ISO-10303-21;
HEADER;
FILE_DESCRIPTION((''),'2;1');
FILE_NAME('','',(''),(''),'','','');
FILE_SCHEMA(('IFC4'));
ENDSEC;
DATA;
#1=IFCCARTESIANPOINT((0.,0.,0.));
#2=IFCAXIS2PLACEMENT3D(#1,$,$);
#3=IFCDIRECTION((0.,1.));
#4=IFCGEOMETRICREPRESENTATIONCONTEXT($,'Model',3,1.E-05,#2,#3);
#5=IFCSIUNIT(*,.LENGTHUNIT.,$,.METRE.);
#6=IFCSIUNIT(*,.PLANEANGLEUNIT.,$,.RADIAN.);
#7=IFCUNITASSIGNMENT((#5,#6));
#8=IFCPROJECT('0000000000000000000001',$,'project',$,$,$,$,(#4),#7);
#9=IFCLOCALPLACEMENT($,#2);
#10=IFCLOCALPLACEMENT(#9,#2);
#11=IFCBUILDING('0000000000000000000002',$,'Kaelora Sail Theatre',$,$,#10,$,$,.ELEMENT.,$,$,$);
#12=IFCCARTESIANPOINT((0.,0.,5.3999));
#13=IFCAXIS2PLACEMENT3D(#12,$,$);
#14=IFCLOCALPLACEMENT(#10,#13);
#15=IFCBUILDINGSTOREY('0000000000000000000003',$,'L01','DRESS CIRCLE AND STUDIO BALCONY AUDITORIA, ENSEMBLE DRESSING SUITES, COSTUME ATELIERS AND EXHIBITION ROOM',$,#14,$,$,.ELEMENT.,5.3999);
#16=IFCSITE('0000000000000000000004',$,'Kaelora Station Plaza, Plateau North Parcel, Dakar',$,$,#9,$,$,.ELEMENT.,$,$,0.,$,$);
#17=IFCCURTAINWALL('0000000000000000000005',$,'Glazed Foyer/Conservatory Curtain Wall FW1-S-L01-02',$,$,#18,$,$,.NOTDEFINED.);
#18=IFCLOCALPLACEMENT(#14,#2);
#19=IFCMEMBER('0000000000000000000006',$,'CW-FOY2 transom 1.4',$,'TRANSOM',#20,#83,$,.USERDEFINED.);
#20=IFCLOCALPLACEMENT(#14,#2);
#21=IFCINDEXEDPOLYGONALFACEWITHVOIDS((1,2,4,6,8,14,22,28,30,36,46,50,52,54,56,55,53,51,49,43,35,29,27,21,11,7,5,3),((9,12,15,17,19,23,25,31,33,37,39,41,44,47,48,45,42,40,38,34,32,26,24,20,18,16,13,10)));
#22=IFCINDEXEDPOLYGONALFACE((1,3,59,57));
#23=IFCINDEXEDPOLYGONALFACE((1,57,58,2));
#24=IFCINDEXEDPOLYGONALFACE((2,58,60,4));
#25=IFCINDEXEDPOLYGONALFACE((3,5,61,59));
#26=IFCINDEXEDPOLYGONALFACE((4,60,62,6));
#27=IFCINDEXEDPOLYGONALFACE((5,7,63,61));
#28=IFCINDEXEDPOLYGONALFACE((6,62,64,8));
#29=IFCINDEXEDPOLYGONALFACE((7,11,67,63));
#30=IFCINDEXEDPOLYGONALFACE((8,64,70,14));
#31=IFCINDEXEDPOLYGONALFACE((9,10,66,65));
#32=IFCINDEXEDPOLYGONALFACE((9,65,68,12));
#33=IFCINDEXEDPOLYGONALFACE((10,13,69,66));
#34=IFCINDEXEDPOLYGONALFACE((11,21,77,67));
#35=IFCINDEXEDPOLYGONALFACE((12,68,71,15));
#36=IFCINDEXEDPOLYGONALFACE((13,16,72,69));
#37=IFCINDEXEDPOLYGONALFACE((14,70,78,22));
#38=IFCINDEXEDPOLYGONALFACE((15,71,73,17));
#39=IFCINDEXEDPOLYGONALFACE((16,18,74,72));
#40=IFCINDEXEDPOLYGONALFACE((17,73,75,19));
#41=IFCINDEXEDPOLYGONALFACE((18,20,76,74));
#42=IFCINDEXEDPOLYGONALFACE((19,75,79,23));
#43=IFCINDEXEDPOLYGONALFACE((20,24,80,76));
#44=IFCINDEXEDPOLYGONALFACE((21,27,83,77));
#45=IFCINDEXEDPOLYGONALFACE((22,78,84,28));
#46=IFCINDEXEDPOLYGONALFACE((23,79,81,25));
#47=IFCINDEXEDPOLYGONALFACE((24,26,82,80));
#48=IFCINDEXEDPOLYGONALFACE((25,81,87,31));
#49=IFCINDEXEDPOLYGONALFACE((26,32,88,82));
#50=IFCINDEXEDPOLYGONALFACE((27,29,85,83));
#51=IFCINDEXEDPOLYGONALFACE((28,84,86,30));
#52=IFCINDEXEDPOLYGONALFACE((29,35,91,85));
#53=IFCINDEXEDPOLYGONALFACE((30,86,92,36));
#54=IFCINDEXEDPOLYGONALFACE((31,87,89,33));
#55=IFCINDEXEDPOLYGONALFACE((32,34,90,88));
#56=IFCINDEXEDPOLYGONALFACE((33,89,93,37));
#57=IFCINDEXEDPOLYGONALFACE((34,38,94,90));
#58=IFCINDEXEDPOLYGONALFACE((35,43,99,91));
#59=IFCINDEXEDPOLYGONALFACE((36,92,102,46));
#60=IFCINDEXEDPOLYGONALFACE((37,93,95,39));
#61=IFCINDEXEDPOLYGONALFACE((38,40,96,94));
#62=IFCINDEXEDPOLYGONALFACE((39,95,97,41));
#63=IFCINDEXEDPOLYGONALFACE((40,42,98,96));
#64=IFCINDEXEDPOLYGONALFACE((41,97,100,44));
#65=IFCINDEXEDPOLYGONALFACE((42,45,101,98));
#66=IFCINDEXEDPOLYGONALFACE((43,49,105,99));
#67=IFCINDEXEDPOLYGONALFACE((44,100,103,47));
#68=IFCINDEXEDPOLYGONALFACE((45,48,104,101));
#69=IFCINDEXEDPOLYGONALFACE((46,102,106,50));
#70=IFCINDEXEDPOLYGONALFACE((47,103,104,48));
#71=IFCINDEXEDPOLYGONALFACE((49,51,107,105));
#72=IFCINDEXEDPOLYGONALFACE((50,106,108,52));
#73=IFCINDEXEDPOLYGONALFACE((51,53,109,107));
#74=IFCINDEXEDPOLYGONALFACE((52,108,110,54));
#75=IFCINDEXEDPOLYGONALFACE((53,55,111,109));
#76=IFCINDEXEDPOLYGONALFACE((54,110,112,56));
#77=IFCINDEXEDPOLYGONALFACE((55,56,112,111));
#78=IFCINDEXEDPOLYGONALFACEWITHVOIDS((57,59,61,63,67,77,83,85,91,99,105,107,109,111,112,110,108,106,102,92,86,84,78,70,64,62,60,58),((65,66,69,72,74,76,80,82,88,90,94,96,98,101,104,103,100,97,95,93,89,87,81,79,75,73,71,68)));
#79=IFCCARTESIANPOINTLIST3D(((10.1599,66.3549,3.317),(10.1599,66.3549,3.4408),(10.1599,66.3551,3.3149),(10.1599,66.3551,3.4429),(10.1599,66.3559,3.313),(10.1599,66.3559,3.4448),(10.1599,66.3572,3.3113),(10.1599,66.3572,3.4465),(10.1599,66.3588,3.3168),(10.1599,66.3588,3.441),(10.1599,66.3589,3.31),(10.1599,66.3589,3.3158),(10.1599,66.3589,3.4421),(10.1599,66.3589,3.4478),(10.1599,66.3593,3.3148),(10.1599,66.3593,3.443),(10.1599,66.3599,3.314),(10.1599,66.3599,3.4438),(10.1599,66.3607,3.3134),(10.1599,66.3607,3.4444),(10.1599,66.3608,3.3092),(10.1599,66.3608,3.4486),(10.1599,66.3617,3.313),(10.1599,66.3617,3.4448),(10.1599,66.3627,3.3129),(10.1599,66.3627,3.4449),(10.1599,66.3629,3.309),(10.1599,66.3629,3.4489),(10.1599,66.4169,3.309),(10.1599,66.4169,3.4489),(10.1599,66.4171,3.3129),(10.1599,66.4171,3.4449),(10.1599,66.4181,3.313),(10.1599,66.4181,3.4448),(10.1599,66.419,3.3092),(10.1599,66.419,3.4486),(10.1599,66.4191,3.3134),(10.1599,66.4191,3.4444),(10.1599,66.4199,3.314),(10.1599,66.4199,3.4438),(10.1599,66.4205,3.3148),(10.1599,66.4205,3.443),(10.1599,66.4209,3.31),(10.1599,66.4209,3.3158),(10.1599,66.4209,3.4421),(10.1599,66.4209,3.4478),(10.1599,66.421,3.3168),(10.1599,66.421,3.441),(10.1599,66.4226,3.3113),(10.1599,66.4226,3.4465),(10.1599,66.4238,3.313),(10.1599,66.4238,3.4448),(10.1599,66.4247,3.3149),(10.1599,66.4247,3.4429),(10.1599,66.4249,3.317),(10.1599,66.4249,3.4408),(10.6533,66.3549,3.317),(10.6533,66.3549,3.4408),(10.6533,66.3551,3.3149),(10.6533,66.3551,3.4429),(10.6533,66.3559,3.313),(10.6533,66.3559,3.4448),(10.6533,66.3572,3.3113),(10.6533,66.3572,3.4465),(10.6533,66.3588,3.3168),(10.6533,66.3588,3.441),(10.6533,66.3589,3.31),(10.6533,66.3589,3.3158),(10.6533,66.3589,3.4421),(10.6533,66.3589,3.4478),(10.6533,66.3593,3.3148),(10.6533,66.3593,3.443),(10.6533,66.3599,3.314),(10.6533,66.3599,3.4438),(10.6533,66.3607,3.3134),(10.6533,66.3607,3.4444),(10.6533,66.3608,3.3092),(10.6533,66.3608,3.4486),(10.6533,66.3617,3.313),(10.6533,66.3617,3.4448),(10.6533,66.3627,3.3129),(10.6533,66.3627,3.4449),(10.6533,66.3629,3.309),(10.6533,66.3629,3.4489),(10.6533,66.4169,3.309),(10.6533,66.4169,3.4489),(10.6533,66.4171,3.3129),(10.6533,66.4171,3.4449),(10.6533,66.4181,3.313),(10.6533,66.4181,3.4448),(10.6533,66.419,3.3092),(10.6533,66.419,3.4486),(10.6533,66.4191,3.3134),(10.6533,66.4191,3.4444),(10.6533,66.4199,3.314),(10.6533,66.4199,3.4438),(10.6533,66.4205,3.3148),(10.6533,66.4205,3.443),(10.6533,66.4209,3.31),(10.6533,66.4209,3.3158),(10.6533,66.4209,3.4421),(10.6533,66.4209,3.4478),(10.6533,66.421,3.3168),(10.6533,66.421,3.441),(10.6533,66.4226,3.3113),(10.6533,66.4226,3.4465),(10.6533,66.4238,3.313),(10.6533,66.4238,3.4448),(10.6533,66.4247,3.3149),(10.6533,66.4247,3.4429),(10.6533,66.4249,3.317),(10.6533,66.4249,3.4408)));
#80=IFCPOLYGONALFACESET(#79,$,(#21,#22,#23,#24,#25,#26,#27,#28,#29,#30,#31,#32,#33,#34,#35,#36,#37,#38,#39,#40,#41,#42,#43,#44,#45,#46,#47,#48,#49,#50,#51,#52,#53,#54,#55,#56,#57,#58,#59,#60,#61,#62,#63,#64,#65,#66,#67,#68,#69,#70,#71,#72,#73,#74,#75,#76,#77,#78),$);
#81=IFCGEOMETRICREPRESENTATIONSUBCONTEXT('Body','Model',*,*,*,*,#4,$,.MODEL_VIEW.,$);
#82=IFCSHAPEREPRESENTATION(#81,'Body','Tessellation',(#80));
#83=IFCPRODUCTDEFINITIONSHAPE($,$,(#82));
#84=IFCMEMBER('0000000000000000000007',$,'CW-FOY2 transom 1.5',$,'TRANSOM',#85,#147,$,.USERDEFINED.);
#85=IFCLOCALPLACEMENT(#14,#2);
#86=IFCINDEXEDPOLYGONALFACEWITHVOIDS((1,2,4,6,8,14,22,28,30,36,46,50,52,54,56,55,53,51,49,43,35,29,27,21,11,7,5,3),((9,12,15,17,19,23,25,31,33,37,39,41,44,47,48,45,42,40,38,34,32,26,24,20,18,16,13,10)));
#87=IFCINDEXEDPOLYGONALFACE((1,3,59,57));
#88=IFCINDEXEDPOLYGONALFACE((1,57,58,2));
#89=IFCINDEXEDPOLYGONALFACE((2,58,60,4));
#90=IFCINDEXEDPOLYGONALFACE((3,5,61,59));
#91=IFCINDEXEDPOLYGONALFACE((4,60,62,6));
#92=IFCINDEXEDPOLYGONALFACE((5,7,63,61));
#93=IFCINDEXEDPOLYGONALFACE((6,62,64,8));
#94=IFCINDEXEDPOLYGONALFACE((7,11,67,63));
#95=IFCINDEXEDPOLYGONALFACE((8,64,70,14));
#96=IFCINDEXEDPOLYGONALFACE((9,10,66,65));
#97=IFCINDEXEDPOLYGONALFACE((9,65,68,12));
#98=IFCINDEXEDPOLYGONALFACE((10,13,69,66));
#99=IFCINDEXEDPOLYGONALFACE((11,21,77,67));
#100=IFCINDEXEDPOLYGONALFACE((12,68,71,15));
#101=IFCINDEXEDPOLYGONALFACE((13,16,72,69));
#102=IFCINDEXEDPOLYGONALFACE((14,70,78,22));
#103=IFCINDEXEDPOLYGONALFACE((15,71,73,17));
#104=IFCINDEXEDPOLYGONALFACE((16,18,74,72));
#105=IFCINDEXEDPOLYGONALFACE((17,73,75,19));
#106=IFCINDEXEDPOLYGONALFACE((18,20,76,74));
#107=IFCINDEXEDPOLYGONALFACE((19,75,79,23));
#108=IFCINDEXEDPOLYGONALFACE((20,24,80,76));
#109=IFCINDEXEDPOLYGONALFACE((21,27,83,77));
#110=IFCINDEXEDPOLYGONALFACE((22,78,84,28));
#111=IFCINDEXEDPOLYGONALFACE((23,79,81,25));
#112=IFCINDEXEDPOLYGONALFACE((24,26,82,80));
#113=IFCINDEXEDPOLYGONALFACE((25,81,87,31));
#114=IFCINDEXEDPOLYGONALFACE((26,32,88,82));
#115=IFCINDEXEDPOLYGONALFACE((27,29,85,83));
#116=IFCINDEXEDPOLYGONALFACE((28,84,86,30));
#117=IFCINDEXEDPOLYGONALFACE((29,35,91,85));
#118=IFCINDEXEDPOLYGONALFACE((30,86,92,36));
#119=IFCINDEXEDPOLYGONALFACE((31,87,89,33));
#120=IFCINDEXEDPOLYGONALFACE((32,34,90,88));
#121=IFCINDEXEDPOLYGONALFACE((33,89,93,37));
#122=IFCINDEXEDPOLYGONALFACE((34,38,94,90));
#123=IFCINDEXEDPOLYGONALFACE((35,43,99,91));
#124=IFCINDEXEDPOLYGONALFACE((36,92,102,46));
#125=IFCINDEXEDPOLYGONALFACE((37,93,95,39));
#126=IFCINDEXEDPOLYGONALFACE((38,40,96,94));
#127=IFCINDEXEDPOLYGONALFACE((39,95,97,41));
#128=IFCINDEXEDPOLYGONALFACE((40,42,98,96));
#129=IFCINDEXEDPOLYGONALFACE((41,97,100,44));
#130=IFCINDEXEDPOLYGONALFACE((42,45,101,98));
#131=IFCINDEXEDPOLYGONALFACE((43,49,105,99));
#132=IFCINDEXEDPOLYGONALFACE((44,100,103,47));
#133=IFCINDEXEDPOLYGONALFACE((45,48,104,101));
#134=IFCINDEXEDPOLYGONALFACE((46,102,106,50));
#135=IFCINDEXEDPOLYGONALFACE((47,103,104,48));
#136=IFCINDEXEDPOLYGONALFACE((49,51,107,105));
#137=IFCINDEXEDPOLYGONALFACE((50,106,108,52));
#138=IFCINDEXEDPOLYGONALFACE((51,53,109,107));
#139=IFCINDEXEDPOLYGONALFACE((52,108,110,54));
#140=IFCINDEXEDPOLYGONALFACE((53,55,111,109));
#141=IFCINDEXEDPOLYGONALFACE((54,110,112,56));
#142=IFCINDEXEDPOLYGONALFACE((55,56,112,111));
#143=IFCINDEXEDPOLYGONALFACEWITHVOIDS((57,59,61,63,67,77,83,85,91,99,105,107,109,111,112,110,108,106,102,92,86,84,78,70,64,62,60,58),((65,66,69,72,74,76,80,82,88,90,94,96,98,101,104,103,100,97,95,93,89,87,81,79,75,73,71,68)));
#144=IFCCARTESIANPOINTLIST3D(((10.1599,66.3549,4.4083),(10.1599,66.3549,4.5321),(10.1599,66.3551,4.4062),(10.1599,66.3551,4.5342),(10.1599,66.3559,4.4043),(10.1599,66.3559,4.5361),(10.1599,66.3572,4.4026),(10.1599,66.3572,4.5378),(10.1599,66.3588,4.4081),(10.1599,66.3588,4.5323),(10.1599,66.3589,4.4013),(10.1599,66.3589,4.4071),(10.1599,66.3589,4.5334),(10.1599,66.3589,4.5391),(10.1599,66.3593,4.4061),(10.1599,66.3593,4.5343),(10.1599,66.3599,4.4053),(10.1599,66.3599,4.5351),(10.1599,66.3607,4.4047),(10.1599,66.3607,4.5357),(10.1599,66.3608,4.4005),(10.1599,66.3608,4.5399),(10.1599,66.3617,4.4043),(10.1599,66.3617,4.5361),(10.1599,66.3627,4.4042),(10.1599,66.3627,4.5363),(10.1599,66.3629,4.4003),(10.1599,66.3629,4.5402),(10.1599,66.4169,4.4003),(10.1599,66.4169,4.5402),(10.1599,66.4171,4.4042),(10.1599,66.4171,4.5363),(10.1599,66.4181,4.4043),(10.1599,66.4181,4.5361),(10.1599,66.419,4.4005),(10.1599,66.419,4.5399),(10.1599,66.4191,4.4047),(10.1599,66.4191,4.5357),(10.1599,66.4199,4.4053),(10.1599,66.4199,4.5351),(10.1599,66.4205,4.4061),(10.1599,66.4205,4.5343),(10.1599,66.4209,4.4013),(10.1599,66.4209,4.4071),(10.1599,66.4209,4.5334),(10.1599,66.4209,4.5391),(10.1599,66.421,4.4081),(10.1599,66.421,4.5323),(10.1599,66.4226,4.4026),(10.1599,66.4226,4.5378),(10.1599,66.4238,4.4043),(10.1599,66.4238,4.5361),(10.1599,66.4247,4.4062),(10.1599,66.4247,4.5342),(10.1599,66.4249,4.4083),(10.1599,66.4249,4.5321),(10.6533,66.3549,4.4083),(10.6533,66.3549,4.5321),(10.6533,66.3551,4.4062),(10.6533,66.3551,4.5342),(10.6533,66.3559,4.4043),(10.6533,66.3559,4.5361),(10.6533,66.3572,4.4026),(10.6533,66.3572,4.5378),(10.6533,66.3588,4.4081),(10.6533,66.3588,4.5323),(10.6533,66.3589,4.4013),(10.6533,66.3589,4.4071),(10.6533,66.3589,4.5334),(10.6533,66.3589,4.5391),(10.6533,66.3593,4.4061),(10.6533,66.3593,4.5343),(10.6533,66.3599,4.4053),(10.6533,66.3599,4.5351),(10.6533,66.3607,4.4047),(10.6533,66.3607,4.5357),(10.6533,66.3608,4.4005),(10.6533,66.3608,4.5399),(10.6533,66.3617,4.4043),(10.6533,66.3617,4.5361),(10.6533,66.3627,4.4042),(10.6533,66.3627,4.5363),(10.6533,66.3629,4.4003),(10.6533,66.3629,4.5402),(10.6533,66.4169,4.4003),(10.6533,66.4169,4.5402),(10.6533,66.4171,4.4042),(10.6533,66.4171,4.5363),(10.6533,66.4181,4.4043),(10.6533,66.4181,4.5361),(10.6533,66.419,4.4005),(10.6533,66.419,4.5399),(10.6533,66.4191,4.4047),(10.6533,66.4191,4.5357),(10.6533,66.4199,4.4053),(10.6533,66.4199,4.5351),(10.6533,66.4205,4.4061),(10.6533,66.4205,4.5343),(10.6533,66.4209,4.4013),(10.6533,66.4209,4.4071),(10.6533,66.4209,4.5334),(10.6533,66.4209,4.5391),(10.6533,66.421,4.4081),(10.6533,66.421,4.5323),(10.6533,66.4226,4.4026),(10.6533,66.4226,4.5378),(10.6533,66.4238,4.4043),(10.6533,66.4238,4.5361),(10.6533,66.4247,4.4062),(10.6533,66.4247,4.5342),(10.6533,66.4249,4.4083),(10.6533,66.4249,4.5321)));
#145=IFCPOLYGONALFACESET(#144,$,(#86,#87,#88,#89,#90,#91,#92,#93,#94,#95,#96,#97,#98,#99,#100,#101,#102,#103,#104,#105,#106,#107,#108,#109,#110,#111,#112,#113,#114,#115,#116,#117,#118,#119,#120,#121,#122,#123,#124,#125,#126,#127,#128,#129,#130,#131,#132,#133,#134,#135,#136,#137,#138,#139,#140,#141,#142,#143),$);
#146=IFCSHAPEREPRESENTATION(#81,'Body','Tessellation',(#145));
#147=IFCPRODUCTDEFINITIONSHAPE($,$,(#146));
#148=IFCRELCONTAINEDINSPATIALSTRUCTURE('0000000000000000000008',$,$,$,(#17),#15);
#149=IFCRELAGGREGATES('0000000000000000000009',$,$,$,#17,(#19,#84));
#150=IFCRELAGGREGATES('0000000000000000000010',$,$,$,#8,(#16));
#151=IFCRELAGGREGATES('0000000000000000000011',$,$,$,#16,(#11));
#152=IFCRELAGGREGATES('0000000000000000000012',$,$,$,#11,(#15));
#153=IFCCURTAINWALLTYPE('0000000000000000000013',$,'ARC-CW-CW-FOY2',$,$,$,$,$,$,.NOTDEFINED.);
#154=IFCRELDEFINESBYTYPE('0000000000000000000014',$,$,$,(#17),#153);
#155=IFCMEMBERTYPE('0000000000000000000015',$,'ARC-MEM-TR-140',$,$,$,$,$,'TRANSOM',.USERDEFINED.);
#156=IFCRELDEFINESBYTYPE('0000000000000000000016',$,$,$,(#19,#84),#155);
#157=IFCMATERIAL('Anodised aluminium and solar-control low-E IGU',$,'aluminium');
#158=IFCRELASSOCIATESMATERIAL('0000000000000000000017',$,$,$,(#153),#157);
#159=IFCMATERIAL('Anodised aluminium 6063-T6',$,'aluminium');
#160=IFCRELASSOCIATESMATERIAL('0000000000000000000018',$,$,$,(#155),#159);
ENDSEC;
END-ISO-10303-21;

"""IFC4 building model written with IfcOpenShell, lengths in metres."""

from ifc_helpers import new_model, si_unit, direction, frame, origin, origin_2d, place, context, subcontext, project, spatial, hollow_rectangle, extrude, material, material_profile, profile_set, type_object, element, aggregate, save


model = new_model("IFC4")

# Units and contexts
model_context = context("Model", 3, precision=1e-05, world=origin(), true_north=direction((0.0, 1.0)))
body_context = subcontext(model_context, "Body", "Model", "MODEL_VIEW")
ifc_project = project(units=[si_unit("LENGTHUNIT", "METRE"), si_unit("PLANEANGLEUNIT", "RADIAN")], contexts=[model_context])

# Site, building, storey
site_placement = place(None, origin())
site = spatial("IfcSite", under=ifc_project, at=site_placement, Name="Kaelora Station Plaza, Plateau North Parcel, Dakar", CompositionType="ELEMENT", RefElevation=0.0)
building_placement = place(site_placement, origin())
building = spatial("IfcBuilding", under=site, at=building_placement, Name="Kaelora Sail Theatre", CompositionType="ELEMENT")
storey_placement = place(building_placement, frame((0.0, 0.0, 5.3999)))
storey = spatial("IfcBuildingStorey", under=building, at=storey_placement, Name="L01", Description="DRESS CIRCLE AND STUDIO BALCONY AUDITORIA, ENSEMBLE DRESSING SUITES, COSTUME ATELIERS AND EXHIBITION ROOM", CompositionType="ELEMENT", Elevation=5.3999)

# Curtain wall, members
ifc_material_1 = material(Name="Anodised aluminium and solar-control low-E IGU", Category="aluminium")
curtain_wall_type = type_object("IfcCurtainWallType", Name="ARC-CW-CW-FOY2", PredefinedType="NOTDEFINED", material=ifc_material_1)
curtain_wall_placement = place(storey_placement, origin())
curtain_wall = element("IfcCurtainWall", 1, at=curtain_wall_placement, inside=storey, type_object=curtain_wall_type, Name="Glazed Foyer/Conservatory Curtain Wall FW1-S-L01-02", PredefinedType="NOTDEFINED")
ifc_material_2 = material(Name="Anodised aluminium 6063-T6", Category="aluminium")
ifc_material_profile_1 = material_profile(ifc_material_2, hollow_rectangle(XDim=0.0701, YDim=0.1399, WallThickness=0.0039, InnerFilletRadius=0.0039, OuterFilletRadius=0.0081, at=origin_2d()), Name="ALU-TRAN 70x140x4")
ifc_profile_set_1 = profile_set([ifc_material_profile_1], Name="Anodised aluminium 6063-T6")
member_type_1 = type_object("IfcMemberType", Name="ARC-MEM-TR-140", ElementType="TRANSOM", PredefinedType="USERDEFINED", material=ifc_profile_set_1)
member_1_placement = place(storey_placement, frame((10.1599, 66.3899, 3.3789), z_axis=(1.0, 0.0, 0.0), x_axis=(0.0, 1.0, 0.0)))
member_1 = element("IfcMember", 2, at=member_1_placement, type_object=member_type_1, Name="CW-FOY2 transom 1.4", ObjectType="TRANSOM", PredefinedType="USERDEFINED", context=body_context, shape_type="SweptSolid", body=[
    extrude(hollow_rectangle(XDim=0.0701, YDim=0.1399, WallThickness=0.0039, InnerFilletRadius=0.0039, OuterFilletRadius=0.0081, at=origin_2d()), origin(), (0.0, 0.0, 1.0), 0.4934),
])
member_2_placement = place(storey_placement, frame((10.1599, 66.3899, 4.4702), z_axis=(1.0, 0.0, 0.0), x_axis=(0.0, 1.0, 0.0)))
member_2 = element("IfcMember", 3, at=member_2_placement, type_object=member_type_1, Name="CW-FOY2 transom 1.5", ObjectType="TRANSOM", PredefinedType="USERDEFINED", context=body_context, shape_type="SweptSolid", body=[
    extrude(hollow_rectangle(XDim=0.0701, YDim=0.1399, WallThickness=0.0039, InnerFilletRadius=0.0039, OuterFilletRadius=0.0081, at=origin_2d()), origin(), (0.0, 0.0, 1.0), 0.4934),
])

aggregate(curtain_wall, [member_1, member_2])

save(model, "model.ifc")
